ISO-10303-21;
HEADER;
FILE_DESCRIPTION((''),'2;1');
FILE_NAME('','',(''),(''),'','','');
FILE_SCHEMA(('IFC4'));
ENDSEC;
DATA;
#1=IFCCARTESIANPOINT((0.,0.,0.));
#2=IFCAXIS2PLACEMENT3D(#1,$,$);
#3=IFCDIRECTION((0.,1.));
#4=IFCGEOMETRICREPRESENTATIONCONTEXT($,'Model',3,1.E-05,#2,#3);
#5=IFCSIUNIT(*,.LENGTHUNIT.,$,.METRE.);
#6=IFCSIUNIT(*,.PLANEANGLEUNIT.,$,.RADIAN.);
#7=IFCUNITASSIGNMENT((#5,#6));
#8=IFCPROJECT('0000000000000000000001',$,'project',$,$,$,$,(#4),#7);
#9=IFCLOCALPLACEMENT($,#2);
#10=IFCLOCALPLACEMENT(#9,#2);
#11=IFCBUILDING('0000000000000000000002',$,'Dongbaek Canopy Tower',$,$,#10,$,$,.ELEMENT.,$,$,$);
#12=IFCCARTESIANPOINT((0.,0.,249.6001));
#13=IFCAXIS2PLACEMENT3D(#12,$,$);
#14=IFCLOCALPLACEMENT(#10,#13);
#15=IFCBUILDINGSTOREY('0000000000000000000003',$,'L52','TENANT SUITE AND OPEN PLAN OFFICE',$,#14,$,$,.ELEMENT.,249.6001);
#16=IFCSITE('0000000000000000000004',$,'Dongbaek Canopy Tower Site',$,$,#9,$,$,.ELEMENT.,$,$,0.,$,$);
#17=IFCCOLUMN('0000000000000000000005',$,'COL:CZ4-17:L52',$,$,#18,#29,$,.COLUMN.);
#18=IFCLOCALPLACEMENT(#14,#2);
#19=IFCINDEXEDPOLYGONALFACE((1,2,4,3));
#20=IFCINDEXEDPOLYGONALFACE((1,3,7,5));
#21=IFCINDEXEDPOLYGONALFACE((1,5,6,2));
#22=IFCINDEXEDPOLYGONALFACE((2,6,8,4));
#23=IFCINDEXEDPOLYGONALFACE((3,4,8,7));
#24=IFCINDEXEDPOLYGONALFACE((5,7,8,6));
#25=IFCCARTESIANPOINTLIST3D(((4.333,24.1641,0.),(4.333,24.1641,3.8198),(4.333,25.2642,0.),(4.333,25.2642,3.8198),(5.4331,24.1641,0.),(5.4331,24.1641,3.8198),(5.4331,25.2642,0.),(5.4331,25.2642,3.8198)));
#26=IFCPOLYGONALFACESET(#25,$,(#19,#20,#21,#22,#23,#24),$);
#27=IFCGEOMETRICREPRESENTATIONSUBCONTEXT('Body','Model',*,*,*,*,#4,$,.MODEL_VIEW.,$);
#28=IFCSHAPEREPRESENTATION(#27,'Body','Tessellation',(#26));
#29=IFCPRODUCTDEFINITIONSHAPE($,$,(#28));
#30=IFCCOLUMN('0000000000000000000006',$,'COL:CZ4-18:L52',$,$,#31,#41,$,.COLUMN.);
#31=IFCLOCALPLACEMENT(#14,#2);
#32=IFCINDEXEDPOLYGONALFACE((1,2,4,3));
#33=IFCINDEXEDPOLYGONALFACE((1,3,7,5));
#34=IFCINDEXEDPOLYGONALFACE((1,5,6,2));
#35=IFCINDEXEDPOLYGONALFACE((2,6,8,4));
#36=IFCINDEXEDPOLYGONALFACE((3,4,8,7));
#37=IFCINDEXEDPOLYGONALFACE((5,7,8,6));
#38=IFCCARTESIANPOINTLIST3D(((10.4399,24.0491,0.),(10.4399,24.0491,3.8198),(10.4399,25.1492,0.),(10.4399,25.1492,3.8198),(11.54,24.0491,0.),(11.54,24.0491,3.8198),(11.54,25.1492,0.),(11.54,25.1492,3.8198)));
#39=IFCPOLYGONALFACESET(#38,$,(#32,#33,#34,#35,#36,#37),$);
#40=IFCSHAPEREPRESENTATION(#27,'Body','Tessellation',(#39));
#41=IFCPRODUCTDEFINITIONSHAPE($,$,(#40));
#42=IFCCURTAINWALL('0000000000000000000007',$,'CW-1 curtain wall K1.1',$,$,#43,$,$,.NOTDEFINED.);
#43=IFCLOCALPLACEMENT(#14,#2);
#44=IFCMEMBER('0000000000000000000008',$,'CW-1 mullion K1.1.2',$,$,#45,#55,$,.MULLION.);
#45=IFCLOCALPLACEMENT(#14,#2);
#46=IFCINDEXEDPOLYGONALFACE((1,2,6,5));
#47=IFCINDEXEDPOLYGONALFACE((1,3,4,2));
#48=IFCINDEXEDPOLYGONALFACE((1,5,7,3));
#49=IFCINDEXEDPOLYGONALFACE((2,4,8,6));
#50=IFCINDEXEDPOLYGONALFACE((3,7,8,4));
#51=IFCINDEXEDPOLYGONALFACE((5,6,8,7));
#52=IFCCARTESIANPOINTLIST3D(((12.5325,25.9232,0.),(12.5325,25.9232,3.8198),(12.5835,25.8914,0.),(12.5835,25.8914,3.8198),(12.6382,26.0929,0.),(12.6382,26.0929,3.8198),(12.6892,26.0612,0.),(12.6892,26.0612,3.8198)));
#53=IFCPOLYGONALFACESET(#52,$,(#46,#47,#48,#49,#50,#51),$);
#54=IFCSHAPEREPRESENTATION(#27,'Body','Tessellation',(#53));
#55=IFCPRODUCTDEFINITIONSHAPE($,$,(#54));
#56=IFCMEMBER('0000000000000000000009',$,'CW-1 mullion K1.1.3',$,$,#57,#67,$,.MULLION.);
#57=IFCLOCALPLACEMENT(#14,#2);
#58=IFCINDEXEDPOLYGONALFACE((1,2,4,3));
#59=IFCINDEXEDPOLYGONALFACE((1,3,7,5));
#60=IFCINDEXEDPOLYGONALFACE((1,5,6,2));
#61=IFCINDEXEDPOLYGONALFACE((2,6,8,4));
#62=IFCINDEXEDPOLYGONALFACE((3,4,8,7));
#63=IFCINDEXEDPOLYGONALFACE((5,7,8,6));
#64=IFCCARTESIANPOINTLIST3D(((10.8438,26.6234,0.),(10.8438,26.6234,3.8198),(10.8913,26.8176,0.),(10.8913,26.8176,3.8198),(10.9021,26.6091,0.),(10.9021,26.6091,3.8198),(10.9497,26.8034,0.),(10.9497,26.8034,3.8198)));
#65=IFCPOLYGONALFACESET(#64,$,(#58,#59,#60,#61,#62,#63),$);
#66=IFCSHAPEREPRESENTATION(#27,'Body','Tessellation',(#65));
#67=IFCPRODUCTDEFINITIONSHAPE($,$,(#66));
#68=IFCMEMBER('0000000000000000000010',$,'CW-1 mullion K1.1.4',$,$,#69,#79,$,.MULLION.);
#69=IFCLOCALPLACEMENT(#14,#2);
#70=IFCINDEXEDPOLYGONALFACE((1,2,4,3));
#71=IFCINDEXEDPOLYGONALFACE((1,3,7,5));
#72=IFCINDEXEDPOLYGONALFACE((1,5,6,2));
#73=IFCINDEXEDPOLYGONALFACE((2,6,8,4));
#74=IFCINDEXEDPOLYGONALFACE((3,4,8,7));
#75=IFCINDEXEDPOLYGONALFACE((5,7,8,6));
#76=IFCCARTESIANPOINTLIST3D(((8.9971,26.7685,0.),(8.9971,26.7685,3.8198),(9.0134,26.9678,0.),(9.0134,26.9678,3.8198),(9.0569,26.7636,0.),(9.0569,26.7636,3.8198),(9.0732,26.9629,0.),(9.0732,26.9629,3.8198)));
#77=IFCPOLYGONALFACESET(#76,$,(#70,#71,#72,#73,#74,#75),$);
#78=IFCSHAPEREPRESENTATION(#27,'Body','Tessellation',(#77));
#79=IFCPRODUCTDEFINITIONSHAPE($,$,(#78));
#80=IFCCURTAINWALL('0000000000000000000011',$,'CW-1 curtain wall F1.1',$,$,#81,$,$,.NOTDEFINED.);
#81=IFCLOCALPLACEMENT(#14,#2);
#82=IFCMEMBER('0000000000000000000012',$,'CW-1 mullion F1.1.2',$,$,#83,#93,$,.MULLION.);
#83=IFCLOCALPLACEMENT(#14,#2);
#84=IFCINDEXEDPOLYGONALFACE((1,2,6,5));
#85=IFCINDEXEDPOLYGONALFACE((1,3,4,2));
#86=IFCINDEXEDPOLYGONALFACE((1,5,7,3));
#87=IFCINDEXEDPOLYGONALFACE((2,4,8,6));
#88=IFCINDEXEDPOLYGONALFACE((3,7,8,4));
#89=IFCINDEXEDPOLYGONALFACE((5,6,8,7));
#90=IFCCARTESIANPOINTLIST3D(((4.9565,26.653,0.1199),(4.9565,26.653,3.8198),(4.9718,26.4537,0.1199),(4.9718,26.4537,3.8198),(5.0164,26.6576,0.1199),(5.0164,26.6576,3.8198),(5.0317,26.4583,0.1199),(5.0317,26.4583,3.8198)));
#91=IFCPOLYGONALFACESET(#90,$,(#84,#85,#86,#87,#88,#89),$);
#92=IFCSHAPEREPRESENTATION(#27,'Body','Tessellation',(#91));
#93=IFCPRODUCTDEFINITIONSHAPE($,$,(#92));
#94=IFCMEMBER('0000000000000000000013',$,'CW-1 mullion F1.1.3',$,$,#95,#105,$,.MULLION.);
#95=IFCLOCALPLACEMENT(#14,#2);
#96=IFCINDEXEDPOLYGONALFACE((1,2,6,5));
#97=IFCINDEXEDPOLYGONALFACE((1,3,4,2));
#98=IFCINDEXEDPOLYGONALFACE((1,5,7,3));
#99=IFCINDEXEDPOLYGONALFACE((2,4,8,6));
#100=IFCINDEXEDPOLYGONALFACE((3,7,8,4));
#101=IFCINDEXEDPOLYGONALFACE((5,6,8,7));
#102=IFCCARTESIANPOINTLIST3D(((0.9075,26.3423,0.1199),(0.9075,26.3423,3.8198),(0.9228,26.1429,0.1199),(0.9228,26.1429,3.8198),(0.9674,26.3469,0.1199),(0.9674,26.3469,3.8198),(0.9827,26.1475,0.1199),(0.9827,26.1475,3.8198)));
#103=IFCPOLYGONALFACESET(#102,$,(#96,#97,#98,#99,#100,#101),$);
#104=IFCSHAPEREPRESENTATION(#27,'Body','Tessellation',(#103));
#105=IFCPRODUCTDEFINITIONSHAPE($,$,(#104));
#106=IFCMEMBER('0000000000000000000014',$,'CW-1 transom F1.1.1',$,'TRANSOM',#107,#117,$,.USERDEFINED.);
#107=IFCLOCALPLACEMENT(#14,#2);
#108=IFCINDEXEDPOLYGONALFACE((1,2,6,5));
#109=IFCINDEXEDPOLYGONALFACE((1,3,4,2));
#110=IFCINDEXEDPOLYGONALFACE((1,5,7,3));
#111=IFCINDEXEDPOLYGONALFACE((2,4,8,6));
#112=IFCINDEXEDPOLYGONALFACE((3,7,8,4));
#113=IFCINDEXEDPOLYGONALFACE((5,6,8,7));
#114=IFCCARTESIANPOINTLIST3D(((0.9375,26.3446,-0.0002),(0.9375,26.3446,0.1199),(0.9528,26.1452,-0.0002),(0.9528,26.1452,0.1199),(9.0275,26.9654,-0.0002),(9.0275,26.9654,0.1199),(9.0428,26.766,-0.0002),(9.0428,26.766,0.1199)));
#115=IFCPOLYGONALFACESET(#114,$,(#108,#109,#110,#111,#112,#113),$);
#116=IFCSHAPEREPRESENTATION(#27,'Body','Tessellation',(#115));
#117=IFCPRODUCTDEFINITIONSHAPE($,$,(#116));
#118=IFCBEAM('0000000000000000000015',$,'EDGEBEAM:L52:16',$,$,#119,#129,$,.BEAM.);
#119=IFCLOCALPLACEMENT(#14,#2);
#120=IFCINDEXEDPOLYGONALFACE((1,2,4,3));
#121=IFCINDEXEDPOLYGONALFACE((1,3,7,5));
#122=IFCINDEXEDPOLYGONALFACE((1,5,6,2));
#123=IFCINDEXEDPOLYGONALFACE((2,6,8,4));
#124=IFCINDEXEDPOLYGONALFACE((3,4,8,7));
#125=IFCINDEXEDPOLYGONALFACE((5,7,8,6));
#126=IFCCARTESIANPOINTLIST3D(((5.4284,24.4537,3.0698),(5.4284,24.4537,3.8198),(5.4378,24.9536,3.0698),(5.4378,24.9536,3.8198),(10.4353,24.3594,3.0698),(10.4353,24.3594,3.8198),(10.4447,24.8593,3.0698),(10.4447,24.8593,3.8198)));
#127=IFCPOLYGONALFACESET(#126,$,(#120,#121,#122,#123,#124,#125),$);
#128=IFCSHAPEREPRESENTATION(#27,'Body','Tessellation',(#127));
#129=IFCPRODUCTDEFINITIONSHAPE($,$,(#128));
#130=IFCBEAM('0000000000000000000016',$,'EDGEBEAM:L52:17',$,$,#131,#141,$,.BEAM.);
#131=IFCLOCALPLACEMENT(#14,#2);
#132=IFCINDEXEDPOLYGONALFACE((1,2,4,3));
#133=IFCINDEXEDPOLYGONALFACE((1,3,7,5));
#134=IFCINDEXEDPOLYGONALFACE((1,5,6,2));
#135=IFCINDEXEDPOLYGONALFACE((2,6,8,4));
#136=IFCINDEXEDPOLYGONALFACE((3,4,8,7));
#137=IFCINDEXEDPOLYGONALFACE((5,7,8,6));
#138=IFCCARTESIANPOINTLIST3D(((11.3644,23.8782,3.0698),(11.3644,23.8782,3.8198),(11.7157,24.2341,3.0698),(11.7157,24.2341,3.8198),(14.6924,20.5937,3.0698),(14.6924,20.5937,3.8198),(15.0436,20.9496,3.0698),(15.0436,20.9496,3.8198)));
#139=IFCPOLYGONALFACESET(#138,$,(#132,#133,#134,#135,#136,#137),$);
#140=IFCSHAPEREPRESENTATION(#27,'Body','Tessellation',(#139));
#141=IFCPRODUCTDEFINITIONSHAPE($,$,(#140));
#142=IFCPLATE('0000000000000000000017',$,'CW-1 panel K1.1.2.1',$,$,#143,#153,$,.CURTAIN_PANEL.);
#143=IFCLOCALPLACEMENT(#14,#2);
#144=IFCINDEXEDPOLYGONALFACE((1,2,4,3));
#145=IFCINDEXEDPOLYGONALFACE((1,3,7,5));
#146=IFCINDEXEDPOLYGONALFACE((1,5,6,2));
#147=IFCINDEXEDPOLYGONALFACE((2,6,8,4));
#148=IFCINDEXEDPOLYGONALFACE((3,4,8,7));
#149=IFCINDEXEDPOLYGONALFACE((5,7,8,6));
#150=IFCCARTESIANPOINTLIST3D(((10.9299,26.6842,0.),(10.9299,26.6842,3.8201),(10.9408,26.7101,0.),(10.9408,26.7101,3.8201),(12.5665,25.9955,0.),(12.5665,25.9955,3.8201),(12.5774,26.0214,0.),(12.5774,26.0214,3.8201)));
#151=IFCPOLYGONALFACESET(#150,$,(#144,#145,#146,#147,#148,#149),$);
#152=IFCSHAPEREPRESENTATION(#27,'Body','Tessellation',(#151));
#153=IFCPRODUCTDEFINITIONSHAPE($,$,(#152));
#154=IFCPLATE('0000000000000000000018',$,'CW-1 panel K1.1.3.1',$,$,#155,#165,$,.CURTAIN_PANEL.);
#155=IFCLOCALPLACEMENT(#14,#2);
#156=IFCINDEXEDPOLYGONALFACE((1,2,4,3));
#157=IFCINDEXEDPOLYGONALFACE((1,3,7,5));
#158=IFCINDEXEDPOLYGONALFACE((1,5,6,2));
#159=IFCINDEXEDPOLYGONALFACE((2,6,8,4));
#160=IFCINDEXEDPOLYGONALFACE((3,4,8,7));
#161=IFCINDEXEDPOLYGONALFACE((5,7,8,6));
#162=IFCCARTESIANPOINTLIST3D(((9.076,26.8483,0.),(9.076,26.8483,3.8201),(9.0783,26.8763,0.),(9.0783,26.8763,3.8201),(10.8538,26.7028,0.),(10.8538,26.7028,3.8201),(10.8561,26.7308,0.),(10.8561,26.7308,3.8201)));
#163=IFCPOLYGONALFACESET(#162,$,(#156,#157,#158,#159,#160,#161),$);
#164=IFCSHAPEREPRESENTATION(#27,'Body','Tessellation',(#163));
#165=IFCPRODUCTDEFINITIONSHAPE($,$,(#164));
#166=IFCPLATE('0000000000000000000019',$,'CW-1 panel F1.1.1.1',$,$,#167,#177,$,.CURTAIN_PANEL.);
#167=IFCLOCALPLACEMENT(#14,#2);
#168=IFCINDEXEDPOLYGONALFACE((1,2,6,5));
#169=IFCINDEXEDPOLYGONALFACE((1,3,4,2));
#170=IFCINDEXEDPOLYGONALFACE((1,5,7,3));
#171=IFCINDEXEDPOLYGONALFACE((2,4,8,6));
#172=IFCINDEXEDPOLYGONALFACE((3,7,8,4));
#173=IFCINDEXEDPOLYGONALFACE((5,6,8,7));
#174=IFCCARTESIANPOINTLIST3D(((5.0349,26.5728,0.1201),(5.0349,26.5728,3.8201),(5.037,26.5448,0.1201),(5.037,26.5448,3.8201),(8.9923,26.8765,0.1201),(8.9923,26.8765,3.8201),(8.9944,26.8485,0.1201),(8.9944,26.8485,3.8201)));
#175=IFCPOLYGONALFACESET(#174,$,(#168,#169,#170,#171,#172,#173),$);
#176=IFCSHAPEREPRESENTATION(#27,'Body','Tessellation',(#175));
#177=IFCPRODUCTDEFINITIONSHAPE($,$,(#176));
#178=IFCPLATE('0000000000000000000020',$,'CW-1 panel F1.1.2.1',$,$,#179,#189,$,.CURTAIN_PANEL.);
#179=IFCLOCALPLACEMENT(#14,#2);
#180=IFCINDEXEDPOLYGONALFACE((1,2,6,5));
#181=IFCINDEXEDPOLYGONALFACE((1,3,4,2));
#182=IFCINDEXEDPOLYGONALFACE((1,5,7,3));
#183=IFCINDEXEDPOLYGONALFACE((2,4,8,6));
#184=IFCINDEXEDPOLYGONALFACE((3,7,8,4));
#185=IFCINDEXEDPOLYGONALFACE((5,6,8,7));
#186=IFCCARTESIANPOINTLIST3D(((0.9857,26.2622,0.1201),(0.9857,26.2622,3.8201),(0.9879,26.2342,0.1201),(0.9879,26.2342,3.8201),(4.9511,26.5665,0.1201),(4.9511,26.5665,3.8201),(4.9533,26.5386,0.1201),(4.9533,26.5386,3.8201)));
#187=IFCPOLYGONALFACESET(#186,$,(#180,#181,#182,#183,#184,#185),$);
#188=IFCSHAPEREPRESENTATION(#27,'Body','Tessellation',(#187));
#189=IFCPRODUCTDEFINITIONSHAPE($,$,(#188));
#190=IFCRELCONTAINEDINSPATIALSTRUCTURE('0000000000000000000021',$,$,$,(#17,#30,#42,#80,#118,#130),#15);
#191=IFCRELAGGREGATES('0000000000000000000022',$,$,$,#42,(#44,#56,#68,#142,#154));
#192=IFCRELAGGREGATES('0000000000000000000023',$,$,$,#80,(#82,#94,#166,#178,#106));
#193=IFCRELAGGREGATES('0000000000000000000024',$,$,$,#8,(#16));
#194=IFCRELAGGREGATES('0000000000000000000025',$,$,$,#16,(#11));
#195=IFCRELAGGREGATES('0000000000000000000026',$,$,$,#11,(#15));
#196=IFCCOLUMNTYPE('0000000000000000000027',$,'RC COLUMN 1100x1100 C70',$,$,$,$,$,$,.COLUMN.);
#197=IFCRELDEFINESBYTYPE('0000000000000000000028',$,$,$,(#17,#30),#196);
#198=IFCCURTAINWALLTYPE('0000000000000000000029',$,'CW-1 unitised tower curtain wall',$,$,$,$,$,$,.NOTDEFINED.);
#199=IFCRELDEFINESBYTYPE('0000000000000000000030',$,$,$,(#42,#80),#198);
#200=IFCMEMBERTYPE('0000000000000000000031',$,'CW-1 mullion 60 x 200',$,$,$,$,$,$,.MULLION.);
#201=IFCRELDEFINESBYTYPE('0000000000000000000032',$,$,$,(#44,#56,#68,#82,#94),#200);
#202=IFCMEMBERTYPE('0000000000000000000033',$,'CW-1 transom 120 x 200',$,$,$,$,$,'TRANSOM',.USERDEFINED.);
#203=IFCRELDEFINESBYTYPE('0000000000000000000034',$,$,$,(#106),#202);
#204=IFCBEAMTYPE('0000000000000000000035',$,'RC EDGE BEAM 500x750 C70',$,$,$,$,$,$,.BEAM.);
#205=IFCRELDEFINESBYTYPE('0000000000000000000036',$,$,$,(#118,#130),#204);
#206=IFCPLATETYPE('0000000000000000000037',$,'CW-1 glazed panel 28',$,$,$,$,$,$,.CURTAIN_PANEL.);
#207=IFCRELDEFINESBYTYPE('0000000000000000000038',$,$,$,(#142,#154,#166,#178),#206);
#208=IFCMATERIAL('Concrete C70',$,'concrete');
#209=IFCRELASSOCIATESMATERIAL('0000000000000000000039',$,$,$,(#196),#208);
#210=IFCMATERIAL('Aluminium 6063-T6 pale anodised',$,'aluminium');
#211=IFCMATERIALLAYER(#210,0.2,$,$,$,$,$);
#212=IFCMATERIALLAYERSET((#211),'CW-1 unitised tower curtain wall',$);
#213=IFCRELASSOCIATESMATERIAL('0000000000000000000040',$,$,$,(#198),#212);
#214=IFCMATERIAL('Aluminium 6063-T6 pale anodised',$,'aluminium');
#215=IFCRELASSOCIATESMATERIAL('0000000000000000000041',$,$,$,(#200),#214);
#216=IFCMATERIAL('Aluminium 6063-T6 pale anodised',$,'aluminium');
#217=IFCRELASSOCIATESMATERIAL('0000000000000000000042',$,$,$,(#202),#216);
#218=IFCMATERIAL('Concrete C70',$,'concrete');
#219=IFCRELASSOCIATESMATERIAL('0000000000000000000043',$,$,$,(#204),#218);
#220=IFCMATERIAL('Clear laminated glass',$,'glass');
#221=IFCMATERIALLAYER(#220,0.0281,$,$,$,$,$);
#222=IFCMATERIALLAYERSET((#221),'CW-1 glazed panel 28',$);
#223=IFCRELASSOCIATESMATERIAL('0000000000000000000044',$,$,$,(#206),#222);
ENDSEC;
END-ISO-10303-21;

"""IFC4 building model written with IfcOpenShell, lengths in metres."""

from ifc_helpers import new_model, si_unit, direction, frame, origin, origin_2d, place, context, subcontext, project, spatial, rectangle, extrude, material, layer, layer_set, material_profile, profile_set, type_object, element, aggregate, save


model = new_model("IFC4")

# Units and contexts
model_context = context("Model", 3, precision=1e-05, world=origin(), true_north=direction((0.0, 1.0)))
body_context = subcontext(model_context, "Body", "Model", "MODEL_VIEW")
ifc_project = project(units=[si_unit("LENGTHUNIT", "METRE"), si_unit("PLANEANGLEUNIT", "RADIAN")], contexts=[model_context])

# Site, building, storey
site_placement = place(None, origin())
site = spatial("IfcSite", under=ifc_project, at=site_placement, Name="Dongbaek Canopy Tower Site", CompositionType="ELEMENT", RefElevation=0.0)
building_placement = place(site_placement, origin())
building = spatial("IfcBuilding", under=site, at=building_placement, Name="Dongbaek Canopy Tower", CompositionType="ELEMENT")
storey_placement = place(building_placement, frame((0.0, 0.0, 249.6001)))
storey = spatial("IfcBuildingStorey", under=building, at=storey_placement, Name="L52", Description="TENANT SUITE AND OPEN PLAN OFFICE", CompositionType="ELEMENT", Elevation=249.6001)

# Columns
ifc_material_1 = material(Name="Concrete C70", Category="concrete")
ifc_material_profile_1 = material_profile(ifc_material_1, rectangle(XDim=1.1001, YDim=1.1001, at=origin_2d()), Name="RC COLUMN 1100x1100 C70")
ifc_profile_set_1 = profile_set([ifc_material_profile_1], Name="Concrete C70")
column_type = type_object("IfcColumnType", Name="RC COLUMN 1100x1100 C70", PredefinedType="COLUMN", material=ifc_profile_set_1)
for number, where, z_axis, x_axis, name in (
    (1, (4.8831, 24.7141, 0.0), (0.0, 0.0, 1.0), (1.0, 0.0, 0.0), "COL:CZ4-17:L52"),
    (2, (10.99, 24.5991, 0.0), (0.0, 0.0, 1.0), (1.0, 0.0, 0.0), "COL:CZ4-18:L52"),
):
    element("IfcColumn", number, at=place(storey_placement, frame(where, z_axis=z_axis, x_axis=x_axis)), inside=storey, type_object=column_type, Name=name, PredefinedType="COLUMN", context=body_context, shape_type="SweptSolid", body=[
        extrude(rectangle(XDim=1.1001, YDim=1.1001, at=origin_2d()), origin(), (0.0, 0.0, 1.0), 3.8198),
    ])

# Curtain walls, members
ifc_material_2 = material(Name="Aluminium 6063-T6 pale anodised", Category="aluminium")
ifc_layer_1 = layer(ifc_material_2, 0.2)
ifc_layer_set_1 = layer_set([ifc_layer_1], Name="CW-1 unitised tower curtain wall")
curtain_wall_type = type_object("IfcCurtainWallType", Name="CW-1 unitised tower curtain wall", PredefinedType="NOTDEFINED", material=ifc_layer_set_1)
curtain_wall_1_placement = place(storey_placement, origin())
curtain_wall_1 = element("IfcCurtainWall", 3, at=curtain_wall_1_placement, inside=storey, type_object=curtain_wall_type, Name="CW-1 curtain wall K1.1", PredefinedType="NOTDEFINED")
ifc_material_3 = material(Name="Aluminium 6063-T6 pale anodised", Category="aluminium")
ifc_material_profile_2 = material_profile(ifc_material_3, rectangle(XDim=0.2, YDim=0.0601, at=origin_2d()), Name="CW-1 mullion 60 x 200")
ifc_profile_set_2 = profile_set([ifc_material_profile_2], Name="Aluminium 6063-T6 pale anodised")
member_type_1 = type_object("IfcMemberType", Name="CW-1 mullion 60 x 200", PredefinedType="MULLION", material=ifc_profile_set_2)
member_1_placement = place(storey_placement, frame((12.6108, 25.9922, 0.0), z_axis=(0.0, 0.0, 1.0), x_axis=(0.528293, 0.849062, 0.0)))
member_1 = element("IfcMember", 4, at=member_1_placement, type_object=member_type_1, Name="CW-1 mullion K1.1.2", PredefinedType="MULLION", context=body_context, shape_type="SweptSolid", body=[
    extrude(rectangle(XDim=0.2, YDim=0.0601, at=origin_2d()), origin(), (0.0, 0.0, 1.0), 3.8198),
])
member_2_placement = place(storey_placement, frame((10.8967, 26.7134, 0.0), z_axis=(0.0, 0.0, 1.0), x_axis=(0.2377, 0.971339, 0.0)))
member_2 = element("IfcMember", 5, at=member_2_placement, type_object=member_type_1, Name="CW-1 mullion K1.1.3", PredefinedType="MULLION", context=body_context, shape_type="SweptSolid", body=[
    extrude(rectangle(XDim=0.2, YDim=0.0601, at=origin_2d()), origin(), (0.0, 0.0, 1.0), 3.8198),
])
member_3_placement = place(storey_placement, frame((9.0352, 26.8657, 0.0), z_axis=(0.0, 0.0, 1.0), x_axis=(0.081611, 0.996664, 0.0)))
member_3 = element("IfcMember", 6, at=member_3_placement, type_object=member_type_1, Name="CW-1 mullion K1.1.4", PredefinedType="MULLION", context=body_context, shape_type="SweptSolid", body=[
    extrude(rectangle(XDim=0.2, YDim=0.0601, at=origin_2d()), origin(), (0.0, 0.0, 1.0), 3.8198),
])
curtain_wall_2_placement = place(storey_placement, origin())
curtain_wall_2 = element("IfcCurtainWall", 7, at=curtain_wall_2_placement, inside=storey, type_object=curtain_wall_type, Name="CW-1 curtain wall F1.1", PredefinedType="NOTDEFINED")
member_4_placement = place(storey_placement, frame((4.9941, 26.5557, 0.1199), z_axis=(0.0, 0.0, 1.0), x_axis=(-0.076518, 0.997068, 0.0)))
member_4 = element("IfcMember", 8, at=member_4_placement, type_object=member_type_1, Name="CW-1 mullion F1.1.2", PredefinedType="MULLION", context=body_context, shape_type="SweptSolid", body=[
    extrude(rectangle(XDim=0.2, YDim=0.0601, at=origin_2d()), origin(), (0.0, 0.0, 1.0), 3.7),
])
member_5_placement = place(storey_placement, frame((0.9451, 26.2449, 0.1199), z_axis=(0.0, 0.0, 1.0), x_axis=(-0.076518, 0.997068, 0.0)))
member_5 = element("IfcMember", 9, at=member_5_placement, type_object=member_type_1, Name="CW-1 mullion F1.1.3", PredefinedType="MULLION", context=body_context, shape_type="SweptSolid", body=[
    extrude(rectangle(XDim=0.2, YDim=0.0601, at=origin_2d()), origin(), (0.0, 0.0, 1.0), 3.7),
])
ifc_material_4 = material(Name="Aluminium 6063-T6 pale anodised", Category="aluminium")
ifc_material_profile_3 = material_profile(ifc_material_4, rectangle(XDim=0.2, YDim=0.1201, at=origin_2d()), Name="CW-1 transom 120 x 200")
ifc_profile_set_3 = profile_set([ifc_material_profile_3], Name="Aluminium 6063-T6 pale anodised")
member_type_2 = type_object("IfcMemberType", Name="CW-1 transom 120 x 200", ElementType="TRANSOM", PredefinedType="USERDEFINED", material=ifc_profile_set_3)
member_6_placement = place(storey_placement, frame((9.0352, 26.8657, 0.0598), z_axis=(-0.997068, -0.076517, 0.0), x_axis=(0.076517, -0.997068, 0.0)))
member_6 = element("IfcMember", 10, at=member_6_placement, type_object=member_type_2, Name="CW-1 transom F1.1.1", ObjectType="TRANSOM", PredefinedType="USERDEFINED", context=body_context, shape_type="SweptSolid", body=[
    extrude(rectangle(XDim=0.2, YDim=0.1201, at=origin_2d()), origin(), (0.0, 0.0, 1.0), 8.1138),
])

# Beams
ifc_material_5 = material(Name="Concrete C70", Category="concrete")
ifc_material_profile_4 = material_profile(ifc_material_5, rectangle(XDim=0.5, YDim=0.75, at=origin_2d()), Name="RC EDGE BEAM 500x750 C70")
ifc_profile_set_4 = profile_set([ifc_material_profile_4], Name="Concrete C70")
beam_type = type_object("IfcBeamType", Name="RC EDGE BEAM 500x750 C70", PredefinedType="BEAM", material=ifc_profile_set_4)
beam_1_placement = place(storey_placement, frame((5.4331, 24.7036, 3.4448), z_axis=(0.999823, -0.018819, 0.0), x_axis=(0.018819, 0.999823, 0.0)))
element("IfcBeam", 11, at=beam_1_placement, inside=storey, type_object=beam_type, Name="EDGEBEAM:L52:16", PredefinedType="BEAM", context=body_context, shape_type="SweptSolid", body=[
    extrude(rectangle(XDim=0.5, YDim=0.75, at=origin_2d()), origin(), (0.0, 0.0, 1.0), 5.0078),
])
beam_2_placement = place(storey_placement, frame((11.54, 24.0562, 3.4448), z_axis=(0.711739, -0.702444, 0.0), x_axis=(0.702444, 0.711739, 0.0)))
element("IfcBeam", 12, at=beam_2_placement, inside=storey, type_object=beam_type, Name="EDGEBEAM:L52:17", PredefinedType="BEAM", context=body_context, shape_type="SweptSolid", body=[
    extrude(rectangle(XDim=0.5, YDim=0.75, at=origin_2d()), origin(), (0.0, 0.0, 1.0), 4.6758),
])

# Plates
ifc_material_6 = material(Name="Clear laminated glass", Category="glass")
ifc_layer_2 = layer(ifc_material_6, 0.0281)
ifc_layer_set_2 = layer_set([ifc_layer_2], Name="CW-1 glazed panel 28")
plate_type = type_object("IfcPlateType", Name="CW-1 glazed panel 28", PredefinedType="CURTAIN_PANEL", material=ifc_layer_set_2)
plate_1_placement = place(storey_placement, frame((11.7537, 26.3528, 0.0), z_axis=(0.0, 0.0, 1.0), x_axis=(-0.921724, 0.387846, 0.0)))
plate_1 = element("IfcPlate", 13, at=plate_1_placement, type_object=plate_type, Name="CW-1 panel K1.1.2.1", PredefinedType="CURTAIN_PANEL", context=body_context, shape_type="SweptSolid", body=[
    extrude(rectangle(XDim=1.7756, YDim=0.0281, at=origin_2d()), origin(), (0.0, 0.0, 1.0), 3.8201),
])
plate_2_placement = place(storey_placement, frame((9.9661, 26.7896, 0.0), z_axis=(0.0, 0.0, 1.0), x_axis=(-0.996664, 0.081611, 0.0)))
plate_2 = element("IfcPlate", 14, at=plate_2_placement, type_object=plate_type, Name="CW-1 panel K1.1.3.1", PredefinedType="CURTAIN_PANEL", context=body_context, shape_type="SweptSolid", body=[
    extrude(rectangle(XDim=1.7837, YDim=0.0281, at=origin_2d()), origin(), (0.0, 0.0, 1.0), 3.8201),
])
aggregate(curtain_wall_1, [member_1, member_2, member_3, plate_1, plate_2])
plate_3_placement = place(storey_placement, frame((7.0146, 26.7107, 0.1201), z_axis=(0.0, 0.0, 1.0), x_axis=(-0.997068, -0.076518, 0.0)))
plate_3 = element("IfcPlate", 15, at=plate_3_placement, type_object=plate_type, Name="CW-1 panel F1.1.1.1", PredefinedType="CURTAIN_PANEL", context=body_context, shape_type="SweptSolid", body=[
    extrude(rectangle(XDim=3.969, YDim=0.0281, at=origin_2d()), origin(), (0.0, 0.0, 1.0), 3.7),
])
plate_4_placement = place(storey_placement, frame((2.9695, 26.4004, 0.1201), z_axis=(0.0, 0.0, 1.0), x_axis=(-0.997068, -0.076518, 0.0)))
plate_4 = element("IfcPlate", 16, at=plate_4_placement, type_object=plate_type, Name="CW-1 panel F1.1.2.1", PredefinedType="CURTAIN_PANEL", context=body_context, shape_type="SweptSolid", body=[
    extrude(rectangle(XDim=3.9771, YDim=0.0281, at=origin_2d()), origin(), (0.0, 0.0, 1.0), 3.7),
])

aggregate(curtain_wall_2, [member_4, member_5, plate_3, plate_4, member_6])

save(model, "model.ifc")
